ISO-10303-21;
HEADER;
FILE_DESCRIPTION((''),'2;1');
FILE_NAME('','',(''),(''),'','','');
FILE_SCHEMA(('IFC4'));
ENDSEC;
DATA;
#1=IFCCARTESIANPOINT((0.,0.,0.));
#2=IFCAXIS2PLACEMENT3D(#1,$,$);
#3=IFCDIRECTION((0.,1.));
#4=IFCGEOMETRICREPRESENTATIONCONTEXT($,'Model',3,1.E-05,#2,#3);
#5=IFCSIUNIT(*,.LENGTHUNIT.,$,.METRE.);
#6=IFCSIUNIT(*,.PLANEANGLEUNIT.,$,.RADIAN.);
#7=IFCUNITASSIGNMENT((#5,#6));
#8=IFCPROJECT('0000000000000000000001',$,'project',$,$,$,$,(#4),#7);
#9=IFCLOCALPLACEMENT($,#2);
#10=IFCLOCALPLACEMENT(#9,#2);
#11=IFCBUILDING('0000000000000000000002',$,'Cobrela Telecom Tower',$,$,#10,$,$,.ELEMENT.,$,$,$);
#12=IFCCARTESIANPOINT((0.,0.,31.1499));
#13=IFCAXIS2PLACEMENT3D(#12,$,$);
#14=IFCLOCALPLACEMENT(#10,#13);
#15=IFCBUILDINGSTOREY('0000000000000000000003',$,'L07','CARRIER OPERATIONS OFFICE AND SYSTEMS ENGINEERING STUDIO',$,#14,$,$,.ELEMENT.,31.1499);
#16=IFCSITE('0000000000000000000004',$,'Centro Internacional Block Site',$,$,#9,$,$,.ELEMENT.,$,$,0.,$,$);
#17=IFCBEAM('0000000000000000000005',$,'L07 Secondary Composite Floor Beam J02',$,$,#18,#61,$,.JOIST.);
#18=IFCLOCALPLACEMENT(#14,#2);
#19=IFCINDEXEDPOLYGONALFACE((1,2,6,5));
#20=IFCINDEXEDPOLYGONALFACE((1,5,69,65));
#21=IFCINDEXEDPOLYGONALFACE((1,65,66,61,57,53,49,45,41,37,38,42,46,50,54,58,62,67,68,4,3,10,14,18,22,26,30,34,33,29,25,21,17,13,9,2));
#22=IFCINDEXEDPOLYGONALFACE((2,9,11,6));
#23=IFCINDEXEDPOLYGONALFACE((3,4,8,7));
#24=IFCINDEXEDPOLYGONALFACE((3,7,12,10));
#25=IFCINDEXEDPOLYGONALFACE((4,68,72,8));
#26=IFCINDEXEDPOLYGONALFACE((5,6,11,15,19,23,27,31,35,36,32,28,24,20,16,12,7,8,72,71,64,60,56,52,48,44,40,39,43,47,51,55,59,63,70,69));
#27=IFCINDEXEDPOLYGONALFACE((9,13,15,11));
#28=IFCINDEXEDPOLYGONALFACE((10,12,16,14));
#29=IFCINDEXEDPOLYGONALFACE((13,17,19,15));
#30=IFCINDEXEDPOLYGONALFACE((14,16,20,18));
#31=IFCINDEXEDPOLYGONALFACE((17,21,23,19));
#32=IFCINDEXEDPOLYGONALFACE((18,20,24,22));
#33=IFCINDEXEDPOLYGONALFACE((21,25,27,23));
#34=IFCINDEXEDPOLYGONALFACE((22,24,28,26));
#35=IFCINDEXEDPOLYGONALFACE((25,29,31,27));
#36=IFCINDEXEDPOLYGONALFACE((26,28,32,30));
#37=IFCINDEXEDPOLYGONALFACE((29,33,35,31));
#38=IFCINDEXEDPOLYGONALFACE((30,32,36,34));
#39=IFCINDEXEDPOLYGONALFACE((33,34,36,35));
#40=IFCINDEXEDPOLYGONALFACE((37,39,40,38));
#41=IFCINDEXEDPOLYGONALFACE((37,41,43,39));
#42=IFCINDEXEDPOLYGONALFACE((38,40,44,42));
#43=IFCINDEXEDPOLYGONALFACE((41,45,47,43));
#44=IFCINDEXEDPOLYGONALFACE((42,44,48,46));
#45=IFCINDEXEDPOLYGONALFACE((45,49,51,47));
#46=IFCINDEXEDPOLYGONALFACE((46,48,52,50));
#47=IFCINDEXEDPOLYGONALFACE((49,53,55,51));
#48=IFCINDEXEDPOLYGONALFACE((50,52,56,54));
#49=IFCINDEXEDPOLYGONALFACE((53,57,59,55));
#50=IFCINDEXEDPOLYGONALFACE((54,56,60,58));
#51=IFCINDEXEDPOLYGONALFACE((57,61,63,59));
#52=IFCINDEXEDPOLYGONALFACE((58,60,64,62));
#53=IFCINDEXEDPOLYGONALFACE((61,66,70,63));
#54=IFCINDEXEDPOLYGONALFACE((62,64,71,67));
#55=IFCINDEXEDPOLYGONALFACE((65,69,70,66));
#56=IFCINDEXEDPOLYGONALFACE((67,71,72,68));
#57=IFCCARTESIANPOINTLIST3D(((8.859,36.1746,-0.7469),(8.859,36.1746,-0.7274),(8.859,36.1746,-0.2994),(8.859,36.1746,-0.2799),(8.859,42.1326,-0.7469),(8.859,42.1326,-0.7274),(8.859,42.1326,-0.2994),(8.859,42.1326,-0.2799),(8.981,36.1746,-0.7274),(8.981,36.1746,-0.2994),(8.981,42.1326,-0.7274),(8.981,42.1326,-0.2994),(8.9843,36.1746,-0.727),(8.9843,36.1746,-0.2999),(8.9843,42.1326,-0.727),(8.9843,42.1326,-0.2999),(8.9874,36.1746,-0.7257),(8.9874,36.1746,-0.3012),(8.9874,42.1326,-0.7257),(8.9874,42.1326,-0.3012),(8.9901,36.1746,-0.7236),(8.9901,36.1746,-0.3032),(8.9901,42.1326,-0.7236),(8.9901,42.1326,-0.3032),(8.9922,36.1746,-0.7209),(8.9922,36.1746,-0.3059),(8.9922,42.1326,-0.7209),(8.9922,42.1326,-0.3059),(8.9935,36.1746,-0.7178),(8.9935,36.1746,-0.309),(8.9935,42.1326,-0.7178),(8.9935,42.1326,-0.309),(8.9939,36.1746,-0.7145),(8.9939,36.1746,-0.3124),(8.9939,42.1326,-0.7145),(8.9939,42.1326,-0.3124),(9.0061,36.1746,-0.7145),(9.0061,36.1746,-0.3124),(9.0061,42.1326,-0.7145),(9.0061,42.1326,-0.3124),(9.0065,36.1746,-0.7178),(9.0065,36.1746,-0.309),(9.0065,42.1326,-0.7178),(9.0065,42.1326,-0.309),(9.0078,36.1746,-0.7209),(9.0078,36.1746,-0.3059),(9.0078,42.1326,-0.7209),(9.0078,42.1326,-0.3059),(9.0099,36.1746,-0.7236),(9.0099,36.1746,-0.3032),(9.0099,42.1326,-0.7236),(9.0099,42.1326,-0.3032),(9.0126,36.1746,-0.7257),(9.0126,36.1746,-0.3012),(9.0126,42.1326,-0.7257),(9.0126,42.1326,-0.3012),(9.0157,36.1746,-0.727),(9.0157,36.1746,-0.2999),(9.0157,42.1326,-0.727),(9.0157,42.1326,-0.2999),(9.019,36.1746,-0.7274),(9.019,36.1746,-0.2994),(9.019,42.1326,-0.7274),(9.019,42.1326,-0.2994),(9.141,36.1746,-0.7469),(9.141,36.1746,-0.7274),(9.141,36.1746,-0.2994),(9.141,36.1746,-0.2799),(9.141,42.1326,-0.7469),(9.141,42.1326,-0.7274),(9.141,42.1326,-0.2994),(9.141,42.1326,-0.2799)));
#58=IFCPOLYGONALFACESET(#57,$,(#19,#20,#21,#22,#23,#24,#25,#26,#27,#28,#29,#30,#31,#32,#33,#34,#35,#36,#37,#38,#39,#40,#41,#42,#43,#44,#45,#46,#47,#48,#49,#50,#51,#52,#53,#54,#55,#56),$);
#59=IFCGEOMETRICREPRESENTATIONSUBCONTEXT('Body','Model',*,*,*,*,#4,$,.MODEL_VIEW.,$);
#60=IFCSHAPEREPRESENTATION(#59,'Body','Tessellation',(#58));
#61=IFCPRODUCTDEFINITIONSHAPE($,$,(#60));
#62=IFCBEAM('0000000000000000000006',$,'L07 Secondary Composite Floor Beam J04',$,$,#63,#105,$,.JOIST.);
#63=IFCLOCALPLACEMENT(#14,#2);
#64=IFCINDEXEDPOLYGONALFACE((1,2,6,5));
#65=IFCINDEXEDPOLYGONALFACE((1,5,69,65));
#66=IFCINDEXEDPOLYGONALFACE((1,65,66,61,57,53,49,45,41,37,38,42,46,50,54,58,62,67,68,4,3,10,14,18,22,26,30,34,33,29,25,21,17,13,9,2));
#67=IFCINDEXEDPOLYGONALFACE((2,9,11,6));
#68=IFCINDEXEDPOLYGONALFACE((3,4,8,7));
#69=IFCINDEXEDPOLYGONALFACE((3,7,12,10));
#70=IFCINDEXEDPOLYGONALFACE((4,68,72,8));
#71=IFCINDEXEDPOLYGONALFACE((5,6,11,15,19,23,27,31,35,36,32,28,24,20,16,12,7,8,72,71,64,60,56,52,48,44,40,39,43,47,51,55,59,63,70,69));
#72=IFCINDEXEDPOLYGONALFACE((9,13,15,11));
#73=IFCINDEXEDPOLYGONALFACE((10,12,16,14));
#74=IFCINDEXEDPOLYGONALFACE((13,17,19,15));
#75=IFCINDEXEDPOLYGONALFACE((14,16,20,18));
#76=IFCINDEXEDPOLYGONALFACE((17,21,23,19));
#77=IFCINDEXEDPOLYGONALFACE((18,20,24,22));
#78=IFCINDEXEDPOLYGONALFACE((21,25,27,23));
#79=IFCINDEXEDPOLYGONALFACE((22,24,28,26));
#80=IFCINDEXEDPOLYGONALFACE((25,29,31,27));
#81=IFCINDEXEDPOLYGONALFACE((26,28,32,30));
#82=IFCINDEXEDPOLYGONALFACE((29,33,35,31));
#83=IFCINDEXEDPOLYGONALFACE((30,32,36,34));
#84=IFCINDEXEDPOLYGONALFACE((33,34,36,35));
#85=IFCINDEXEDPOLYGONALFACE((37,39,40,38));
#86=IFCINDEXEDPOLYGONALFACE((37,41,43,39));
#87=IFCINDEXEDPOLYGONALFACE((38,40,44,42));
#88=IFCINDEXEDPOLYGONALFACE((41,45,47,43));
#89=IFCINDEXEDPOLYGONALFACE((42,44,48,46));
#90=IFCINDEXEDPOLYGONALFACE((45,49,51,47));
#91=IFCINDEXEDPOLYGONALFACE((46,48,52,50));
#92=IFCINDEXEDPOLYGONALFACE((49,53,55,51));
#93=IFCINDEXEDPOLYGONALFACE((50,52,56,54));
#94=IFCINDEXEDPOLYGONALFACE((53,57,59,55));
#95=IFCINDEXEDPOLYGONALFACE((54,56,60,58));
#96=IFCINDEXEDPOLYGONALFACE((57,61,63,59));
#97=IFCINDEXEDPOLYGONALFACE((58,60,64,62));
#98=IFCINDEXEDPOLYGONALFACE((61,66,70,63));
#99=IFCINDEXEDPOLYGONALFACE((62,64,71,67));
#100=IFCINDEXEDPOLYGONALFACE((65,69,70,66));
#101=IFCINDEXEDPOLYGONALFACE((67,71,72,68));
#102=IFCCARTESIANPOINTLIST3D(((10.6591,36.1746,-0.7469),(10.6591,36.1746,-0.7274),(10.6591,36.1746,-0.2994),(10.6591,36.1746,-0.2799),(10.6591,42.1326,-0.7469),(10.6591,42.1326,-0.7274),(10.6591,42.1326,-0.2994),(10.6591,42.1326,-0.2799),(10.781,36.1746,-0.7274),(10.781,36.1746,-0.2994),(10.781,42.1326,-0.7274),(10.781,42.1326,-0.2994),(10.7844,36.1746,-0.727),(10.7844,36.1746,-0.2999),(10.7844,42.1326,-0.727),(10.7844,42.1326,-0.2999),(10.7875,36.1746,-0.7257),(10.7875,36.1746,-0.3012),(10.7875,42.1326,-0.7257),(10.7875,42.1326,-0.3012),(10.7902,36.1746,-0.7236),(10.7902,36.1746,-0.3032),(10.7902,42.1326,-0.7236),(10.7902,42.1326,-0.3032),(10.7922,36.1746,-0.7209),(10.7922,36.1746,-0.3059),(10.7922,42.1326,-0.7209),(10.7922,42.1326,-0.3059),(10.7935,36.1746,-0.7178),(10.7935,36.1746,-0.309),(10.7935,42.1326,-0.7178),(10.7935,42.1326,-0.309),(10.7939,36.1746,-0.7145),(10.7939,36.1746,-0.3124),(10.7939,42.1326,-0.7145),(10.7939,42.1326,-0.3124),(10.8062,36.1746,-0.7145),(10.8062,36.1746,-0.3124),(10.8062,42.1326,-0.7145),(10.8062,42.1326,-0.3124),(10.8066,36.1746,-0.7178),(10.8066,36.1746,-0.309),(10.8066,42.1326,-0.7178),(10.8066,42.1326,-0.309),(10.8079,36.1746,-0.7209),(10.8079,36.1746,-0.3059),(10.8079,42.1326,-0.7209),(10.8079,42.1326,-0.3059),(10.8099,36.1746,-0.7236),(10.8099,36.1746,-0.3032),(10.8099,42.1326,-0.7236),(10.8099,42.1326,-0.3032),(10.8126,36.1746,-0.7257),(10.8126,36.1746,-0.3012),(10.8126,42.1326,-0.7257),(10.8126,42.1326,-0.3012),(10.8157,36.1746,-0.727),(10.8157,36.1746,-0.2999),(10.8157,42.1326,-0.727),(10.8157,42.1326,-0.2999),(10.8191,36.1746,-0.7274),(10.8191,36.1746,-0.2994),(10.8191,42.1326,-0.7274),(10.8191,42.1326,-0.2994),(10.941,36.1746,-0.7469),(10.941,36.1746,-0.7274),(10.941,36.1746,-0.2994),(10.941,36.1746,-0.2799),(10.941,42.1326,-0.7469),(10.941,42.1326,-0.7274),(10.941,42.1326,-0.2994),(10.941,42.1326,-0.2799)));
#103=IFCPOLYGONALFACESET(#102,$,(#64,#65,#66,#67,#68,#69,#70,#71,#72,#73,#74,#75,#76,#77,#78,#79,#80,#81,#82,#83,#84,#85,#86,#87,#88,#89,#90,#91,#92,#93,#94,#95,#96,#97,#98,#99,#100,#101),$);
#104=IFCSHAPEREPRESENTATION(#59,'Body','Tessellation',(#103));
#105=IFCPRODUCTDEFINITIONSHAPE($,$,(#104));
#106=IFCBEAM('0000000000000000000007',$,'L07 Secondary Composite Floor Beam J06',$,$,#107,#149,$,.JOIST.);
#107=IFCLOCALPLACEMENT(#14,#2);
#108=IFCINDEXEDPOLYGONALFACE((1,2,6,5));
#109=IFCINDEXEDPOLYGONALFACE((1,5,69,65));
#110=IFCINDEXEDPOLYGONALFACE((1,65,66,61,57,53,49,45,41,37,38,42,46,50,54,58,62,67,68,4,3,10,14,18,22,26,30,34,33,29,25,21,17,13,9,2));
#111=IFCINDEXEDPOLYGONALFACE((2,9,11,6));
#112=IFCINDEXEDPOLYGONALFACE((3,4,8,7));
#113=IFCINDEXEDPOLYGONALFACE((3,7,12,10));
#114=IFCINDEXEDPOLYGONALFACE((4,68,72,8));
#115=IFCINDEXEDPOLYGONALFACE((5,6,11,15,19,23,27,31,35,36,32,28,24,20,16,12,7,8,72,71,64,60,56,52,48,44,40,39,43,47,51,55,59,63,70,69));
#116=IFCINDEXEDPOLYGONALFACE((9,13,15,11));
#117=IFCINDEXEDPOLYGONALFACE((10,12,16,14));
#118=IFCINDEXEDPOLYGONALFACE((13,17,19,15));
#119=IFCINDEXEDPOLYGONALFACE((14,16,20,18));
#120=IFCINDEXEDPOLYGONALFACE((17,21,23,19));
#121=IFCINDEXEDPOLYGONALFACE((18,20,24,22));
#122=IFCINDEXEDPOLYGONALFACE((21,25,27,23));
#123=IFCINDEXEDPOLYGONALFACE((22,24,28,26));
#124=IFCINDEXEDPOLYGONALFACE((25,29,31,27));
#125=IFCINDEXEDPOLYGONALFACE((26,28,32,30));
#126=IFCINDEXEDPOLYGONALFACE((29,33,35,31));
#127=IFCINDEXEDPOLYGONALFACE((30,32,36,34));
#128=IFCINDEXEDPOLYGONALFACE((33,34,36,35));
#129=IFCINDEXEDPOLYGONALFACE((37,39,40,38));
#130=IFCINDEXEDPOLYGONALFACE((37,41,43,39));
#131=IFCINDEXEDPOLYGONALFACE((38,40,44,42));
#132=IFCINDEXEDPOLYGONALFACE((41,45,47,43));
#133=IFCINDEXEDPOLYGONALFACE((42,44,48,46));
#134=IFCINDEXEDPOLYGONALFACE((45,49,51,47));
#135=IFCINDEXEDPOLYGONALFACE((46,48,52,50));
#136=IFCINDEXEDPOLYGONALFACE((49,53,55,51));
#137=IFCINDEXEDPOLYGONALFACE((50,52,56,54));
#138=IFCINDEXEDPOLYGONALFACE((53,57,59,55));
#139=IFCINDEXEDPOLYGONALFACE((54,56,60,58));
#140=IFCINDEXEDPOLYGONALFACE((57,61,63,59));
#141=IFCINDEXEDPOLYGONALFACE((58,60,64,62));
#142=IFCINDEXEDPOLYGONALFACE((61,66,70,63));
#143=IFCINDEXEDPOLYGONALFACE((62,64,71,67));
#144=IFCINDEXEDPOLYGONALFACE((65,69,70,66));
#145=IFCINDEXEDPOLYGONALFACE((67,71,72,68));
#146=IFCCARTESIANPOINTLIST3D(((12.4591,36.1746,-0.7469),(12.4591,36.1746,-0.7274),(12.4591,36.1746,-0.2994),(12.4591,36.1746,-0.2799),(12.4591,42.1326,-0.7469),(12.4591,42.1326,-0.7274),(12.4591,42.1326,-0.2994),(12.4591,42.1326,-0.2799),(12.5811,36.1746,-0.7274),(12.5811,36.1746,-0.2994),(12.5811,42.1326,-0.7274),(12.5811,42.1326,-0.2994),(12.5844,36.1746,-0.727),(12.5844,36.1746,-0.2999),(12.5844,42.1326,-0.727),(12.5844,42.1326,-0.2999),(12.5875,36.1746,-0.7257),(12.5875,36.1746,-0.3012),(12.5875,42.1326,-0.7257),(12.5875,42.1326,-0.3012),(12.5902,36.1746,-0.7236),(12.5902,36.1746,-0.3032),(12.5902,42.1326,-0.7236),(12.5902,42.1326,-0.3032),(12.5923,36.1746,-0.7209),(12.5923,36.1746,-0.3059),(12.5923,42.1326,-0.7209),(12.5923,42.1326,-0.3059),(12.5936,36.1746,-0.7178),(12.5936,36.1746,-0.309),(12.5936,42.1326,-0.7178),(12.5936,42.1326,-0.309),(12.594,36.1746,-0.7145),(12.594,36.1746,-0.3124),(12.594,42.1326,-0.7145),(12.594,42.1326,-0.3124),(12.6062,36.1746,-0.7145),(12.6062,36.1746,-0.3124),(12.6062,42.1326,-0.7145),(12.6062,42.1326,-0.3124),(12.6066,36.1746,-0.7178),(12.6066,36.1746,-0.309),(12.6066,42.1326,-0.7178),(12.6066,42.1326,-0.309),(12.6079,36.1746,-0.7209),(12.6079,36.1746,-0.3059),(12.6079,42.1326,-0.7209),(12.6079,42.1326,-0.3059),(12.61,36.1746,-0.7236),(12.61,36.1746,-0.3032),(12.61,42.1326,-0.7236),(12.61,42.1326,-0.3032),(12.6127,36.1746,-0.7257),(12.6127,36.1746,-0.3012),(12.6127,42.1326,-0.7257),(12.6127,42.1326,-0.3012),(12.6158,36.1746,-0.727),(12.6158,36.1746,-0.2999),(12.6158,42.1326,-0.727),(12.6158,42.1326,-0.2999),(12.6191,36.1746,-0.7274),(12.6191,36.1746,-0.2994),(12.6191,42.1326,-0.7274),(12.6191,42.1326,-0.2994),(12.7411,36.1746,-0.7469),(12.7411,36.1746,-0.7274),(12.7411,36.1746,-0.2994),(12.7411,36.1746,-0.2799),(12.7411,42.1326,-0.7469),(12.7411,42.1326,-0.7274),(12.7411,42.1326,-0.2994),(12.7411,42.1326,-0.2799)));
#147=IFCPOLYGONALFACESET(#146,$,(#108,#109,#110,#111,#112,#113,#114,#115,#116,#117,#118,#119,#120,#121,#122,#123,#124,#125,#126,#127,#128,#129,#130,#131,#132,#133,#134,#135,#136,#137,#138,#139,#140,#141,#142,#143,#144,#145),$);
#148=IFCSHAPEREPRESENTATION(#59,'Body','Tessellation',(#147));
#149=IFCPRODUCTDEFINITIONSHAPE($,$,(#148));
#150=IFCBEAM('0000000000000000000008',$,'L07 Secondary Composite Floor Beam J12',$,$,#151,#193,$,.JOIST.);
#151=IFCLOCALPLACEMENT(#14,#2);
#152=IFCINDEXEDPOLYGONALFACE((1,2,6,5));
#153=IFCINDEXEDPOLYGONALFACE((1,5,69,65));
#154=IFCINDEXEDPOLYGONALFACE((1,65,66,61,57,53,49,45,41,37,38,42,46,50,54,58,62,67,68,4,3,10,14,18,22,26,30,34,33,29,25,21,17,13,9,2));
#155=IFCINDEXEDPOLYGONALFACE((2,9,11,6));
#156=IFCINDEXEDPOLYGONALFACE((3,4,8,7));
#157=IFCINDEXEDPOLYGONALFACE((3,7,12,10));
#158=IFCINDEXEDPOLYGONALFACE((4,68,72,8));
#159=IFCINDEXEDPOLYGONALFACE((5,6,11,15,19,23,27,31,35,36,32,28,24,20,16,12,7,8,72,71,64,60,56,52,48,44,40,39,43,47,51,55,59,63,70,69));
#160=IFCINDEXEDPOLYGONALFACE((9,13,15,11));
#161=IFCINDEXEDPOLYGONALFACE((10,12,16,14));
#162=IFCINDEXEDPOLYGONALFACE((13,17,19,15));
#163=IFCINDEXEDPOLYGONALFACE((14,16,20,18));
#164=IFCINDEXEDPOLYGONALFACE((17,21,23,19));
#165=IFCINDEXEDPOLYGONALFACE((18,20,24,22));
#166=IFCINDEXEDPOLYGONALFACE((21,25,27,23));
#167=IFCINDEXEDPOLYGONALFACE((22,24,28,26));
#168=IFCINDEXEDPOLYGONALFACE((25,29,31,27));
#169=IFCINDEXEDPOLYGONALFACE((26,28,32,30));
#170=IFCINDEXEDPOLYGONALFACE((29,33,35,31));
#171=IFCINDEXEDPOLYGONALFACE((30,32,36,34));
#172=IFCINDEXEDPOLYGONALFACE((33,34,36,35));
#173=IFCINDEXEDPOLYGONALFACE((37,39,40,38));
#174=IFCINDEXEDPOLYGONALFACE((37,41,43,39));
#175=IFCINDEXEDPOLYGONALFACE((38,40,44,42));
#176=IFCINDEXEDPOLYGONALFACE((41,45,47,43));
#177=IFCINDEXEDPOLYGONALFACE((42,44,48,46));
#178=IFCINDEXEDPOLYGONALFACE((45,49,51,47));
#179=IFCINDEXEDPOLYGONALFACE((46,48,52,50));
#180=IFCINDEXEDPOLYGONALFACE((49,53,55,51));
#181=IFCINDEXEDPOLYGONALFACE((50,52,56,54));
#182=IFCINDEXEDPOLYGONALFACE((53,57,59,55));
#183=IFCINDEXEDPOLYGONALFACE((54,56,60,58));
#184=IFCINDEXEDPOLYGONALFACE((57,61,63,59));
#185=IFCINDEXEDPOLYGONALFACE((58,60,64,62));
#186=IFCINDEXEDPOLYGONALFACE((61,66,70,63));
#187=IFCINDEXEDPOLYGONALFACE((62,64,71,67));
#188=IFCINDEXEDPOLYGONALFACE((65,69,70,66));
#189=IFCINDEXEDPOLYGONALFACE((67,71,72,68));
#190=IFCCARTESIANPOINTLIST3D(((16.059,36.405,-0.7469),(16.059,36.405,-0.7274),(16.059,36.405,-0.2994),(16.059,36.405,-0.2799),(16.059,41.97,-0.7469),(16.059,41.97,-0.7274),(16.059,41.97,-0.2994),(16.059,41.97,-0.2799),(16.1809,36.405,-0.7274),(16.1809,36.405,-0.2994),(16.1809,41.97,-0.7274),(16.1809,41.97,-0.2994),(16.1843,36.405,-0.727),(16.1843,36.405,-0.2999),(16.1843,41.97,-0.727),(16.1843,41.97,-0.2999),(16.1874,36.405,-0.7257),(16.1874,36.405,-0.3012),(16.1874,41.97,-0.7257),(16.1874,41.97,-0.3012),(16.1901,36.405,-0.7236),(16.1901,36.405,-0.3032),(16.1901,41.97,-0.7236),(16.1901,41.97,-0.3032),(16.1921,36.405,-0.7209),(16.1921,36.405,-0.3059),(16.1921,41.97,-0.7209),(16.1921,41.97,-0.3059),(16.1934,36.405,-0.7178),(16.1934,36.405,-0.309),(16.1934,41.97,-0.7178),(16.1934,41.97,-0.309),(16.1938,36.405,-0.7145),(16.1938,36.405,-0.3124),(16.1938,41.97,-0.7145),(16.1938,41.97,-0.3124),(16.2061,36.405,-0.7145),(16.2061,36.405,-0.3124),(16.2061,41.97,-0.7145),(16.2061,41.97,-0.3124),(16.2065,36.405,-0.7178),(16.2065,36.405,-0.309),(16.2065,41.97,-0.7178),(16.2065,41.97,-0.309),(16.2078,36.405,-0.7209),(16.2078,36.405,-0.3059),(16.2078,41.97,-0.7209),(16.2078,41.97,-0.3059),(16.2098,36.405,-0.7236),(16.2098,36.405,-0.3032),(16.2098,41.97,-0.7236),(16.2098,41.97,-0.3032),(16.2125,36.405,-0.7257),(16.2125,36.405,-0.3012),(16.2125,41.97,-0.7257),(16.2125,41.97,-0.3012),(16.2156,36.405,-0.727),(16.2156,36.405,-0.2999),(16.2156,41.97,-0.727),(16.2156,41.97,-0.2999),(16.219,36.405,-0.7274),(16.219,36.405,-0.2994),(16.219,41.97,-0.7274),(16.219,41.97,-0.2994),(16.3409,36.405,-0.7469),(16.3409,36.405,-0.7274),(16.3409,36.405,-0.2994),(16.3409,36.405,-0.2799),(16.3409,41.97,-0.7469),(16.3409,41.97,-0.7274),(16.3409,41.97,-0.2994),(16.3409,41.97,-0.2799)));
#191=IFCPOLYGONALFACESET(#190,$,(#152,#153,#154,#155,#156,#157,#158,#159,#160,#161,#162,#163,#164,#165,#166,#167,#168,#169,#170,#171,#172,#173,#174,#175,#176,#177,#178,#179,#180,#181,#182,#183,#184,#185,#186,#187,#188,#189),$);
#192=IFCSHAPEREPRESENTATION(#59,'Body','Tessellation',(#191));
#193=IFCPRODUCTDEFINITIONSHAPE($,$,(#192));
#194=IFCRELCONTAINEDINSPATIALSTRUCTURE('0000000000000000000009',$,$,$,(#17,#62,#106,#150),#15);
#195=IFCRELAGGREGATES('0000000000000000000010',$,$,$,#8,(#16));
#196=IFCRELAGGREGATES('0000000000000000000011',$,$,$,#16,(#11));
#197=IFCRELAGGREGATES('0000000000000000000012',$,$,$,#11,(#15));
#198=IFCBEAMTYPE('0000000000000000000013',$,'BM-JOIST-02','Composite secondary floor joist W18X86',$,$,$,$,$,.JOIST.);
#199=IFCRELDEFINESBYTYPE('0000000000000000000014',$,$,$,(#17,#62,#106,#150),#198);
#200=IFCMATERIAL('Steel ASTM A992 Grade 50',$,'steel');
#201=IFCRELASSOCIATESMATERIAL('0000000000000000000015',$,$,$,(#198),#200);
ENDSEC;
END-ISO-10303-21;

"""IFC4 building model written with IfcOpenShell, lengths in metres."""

from ifc_helpers import new_model, si_unit, direction, frame, origin, origin_2d, place, context, subcontext, project, spatial, i_section, extrude, material, material_profile, profile_set, type_object, element, save


model = new_model("IFC4")

# Units and contexts
model_context = context("Model", 3, precision=1e-05, world=origin(), true_north=direction((0.0, 1.0)))
body_context = subcontext(model_context, "Body", "Model", "MODEL_VIEW")
ifc_project = project(units=[si_unit("LENGTHUNIT", "METRE"), si_unit("PLANEANGLEUNIT", "RADIAN")], contexts=[model_context])

# Site, building, storey
site_placement = place(None, origin())
site = spatial("IfcSite", under=ifc_project, at=site_placement, Name="Centro Internacional Block Site", CompositionType="ELEMENT", RefElevation=0.0)
building_placement = place(site_placement, origin())
building = spatial("IfcBuilding", under=site, at=building_placement, Name="Cobrela Telecom Tower", CompositionType="ELEMENT")
storey_placement = place(building_placement, frame((0.0, 0.0, 31.1499)))
storey = spatial("IfcBuildingStorey", under=building, at=storey_placement, Name="L07", Description="CARRIER OPERATIONS OFFICE AND SYSTEMS ENGINEERING STUDIO", CompositionType="ELEMENT", Elevation=31.1499)

# Beams
ifc_material_1 = material(Name="Steel ASTM A992 Grade 50", Category="steel")
ifc_material_profile_1 = material_profile(ifc_material_1, i_section(OverallWidth=0.282, OverallDepth=0.467, WebThickness=0.0122, FlangeThickness=0.0195, FilletRadius=0.0129, at=origin_2d()), Name="W18X86")
ifc_profile_set_1 = profile_set([ifc_material_profile_1], Name="Steel ASTM A992 Grade 50")
beam_type_1 = type_object("IfcBeamType", Name="BM-JOIST-02", Description="Composite secondary floor joist W18X86", PredefinedType="JOIST", material=ifc_profile_set_1)
for number, where, z_axis, x_axis, name in (
    (1, (9.0, 36.1746, -0.5134), (0.0, 1.0, 0.0), (-1.0, 0.0, 0.0), "L07 Secondary Composite Floor Beam J02"),
    (2, (10.8, 36.1746, -0.5134), (0.0, 1.0, 0.0), (-1.0, 0.0, 0.0), "L07 Secondary Composite Floor Beam J04"),
    (3, (12.6001, 36.1746, -0.5134), (0.0, 1.0, 0.0), (-1.0, 0.0, 0.0), "L07 Secondary Composite Floor Beam J06"),
):
    element("IfcBeam", number, at=place(storey_placement, frame(where, z_axis=z_axis, x_axis=x_axis)), inside=storey, type_object=beam_type_1, Name=name, PredefinedType="JOIST", context=body_context, shape_type="SweptSolid", body=[
        extrude(i_section(OverallWidth=0.282, OverallDepth=0.467, WebThickness=0.0122, FlangeThickness=0.0195, FilletRadius=0.0129, at=origin_2d()), origin(), (0.0, 0.0, 1.0), 5.958),
    ])
beam_1_placement = place(storey_placement, frame((16.2, 36.405, -0.5134), z_axis=(0.0, 1.0, 0.0), x_axis=(-1.0, 0.0, 0.0)))
element("IfcBeam", 4, at=beam_1_placement, inside=storey, type_object=beam_type_1, Name="L07 Secondary Composite Floor Beam J12", PredefinedType="JOIST", context=body_context, shape_type="SweptSolid", body=[
    extrude(i_section(OverallWidth=0.282, OverallDepth=0.467, WebThickness=0.0122, FlangeThickness=0.0195, FilletRadius=0.0129, at=origin_2d()), origin(), (0.0, 0.0, 1.0), 5.5649),
])

save(model, "model.ifc")
